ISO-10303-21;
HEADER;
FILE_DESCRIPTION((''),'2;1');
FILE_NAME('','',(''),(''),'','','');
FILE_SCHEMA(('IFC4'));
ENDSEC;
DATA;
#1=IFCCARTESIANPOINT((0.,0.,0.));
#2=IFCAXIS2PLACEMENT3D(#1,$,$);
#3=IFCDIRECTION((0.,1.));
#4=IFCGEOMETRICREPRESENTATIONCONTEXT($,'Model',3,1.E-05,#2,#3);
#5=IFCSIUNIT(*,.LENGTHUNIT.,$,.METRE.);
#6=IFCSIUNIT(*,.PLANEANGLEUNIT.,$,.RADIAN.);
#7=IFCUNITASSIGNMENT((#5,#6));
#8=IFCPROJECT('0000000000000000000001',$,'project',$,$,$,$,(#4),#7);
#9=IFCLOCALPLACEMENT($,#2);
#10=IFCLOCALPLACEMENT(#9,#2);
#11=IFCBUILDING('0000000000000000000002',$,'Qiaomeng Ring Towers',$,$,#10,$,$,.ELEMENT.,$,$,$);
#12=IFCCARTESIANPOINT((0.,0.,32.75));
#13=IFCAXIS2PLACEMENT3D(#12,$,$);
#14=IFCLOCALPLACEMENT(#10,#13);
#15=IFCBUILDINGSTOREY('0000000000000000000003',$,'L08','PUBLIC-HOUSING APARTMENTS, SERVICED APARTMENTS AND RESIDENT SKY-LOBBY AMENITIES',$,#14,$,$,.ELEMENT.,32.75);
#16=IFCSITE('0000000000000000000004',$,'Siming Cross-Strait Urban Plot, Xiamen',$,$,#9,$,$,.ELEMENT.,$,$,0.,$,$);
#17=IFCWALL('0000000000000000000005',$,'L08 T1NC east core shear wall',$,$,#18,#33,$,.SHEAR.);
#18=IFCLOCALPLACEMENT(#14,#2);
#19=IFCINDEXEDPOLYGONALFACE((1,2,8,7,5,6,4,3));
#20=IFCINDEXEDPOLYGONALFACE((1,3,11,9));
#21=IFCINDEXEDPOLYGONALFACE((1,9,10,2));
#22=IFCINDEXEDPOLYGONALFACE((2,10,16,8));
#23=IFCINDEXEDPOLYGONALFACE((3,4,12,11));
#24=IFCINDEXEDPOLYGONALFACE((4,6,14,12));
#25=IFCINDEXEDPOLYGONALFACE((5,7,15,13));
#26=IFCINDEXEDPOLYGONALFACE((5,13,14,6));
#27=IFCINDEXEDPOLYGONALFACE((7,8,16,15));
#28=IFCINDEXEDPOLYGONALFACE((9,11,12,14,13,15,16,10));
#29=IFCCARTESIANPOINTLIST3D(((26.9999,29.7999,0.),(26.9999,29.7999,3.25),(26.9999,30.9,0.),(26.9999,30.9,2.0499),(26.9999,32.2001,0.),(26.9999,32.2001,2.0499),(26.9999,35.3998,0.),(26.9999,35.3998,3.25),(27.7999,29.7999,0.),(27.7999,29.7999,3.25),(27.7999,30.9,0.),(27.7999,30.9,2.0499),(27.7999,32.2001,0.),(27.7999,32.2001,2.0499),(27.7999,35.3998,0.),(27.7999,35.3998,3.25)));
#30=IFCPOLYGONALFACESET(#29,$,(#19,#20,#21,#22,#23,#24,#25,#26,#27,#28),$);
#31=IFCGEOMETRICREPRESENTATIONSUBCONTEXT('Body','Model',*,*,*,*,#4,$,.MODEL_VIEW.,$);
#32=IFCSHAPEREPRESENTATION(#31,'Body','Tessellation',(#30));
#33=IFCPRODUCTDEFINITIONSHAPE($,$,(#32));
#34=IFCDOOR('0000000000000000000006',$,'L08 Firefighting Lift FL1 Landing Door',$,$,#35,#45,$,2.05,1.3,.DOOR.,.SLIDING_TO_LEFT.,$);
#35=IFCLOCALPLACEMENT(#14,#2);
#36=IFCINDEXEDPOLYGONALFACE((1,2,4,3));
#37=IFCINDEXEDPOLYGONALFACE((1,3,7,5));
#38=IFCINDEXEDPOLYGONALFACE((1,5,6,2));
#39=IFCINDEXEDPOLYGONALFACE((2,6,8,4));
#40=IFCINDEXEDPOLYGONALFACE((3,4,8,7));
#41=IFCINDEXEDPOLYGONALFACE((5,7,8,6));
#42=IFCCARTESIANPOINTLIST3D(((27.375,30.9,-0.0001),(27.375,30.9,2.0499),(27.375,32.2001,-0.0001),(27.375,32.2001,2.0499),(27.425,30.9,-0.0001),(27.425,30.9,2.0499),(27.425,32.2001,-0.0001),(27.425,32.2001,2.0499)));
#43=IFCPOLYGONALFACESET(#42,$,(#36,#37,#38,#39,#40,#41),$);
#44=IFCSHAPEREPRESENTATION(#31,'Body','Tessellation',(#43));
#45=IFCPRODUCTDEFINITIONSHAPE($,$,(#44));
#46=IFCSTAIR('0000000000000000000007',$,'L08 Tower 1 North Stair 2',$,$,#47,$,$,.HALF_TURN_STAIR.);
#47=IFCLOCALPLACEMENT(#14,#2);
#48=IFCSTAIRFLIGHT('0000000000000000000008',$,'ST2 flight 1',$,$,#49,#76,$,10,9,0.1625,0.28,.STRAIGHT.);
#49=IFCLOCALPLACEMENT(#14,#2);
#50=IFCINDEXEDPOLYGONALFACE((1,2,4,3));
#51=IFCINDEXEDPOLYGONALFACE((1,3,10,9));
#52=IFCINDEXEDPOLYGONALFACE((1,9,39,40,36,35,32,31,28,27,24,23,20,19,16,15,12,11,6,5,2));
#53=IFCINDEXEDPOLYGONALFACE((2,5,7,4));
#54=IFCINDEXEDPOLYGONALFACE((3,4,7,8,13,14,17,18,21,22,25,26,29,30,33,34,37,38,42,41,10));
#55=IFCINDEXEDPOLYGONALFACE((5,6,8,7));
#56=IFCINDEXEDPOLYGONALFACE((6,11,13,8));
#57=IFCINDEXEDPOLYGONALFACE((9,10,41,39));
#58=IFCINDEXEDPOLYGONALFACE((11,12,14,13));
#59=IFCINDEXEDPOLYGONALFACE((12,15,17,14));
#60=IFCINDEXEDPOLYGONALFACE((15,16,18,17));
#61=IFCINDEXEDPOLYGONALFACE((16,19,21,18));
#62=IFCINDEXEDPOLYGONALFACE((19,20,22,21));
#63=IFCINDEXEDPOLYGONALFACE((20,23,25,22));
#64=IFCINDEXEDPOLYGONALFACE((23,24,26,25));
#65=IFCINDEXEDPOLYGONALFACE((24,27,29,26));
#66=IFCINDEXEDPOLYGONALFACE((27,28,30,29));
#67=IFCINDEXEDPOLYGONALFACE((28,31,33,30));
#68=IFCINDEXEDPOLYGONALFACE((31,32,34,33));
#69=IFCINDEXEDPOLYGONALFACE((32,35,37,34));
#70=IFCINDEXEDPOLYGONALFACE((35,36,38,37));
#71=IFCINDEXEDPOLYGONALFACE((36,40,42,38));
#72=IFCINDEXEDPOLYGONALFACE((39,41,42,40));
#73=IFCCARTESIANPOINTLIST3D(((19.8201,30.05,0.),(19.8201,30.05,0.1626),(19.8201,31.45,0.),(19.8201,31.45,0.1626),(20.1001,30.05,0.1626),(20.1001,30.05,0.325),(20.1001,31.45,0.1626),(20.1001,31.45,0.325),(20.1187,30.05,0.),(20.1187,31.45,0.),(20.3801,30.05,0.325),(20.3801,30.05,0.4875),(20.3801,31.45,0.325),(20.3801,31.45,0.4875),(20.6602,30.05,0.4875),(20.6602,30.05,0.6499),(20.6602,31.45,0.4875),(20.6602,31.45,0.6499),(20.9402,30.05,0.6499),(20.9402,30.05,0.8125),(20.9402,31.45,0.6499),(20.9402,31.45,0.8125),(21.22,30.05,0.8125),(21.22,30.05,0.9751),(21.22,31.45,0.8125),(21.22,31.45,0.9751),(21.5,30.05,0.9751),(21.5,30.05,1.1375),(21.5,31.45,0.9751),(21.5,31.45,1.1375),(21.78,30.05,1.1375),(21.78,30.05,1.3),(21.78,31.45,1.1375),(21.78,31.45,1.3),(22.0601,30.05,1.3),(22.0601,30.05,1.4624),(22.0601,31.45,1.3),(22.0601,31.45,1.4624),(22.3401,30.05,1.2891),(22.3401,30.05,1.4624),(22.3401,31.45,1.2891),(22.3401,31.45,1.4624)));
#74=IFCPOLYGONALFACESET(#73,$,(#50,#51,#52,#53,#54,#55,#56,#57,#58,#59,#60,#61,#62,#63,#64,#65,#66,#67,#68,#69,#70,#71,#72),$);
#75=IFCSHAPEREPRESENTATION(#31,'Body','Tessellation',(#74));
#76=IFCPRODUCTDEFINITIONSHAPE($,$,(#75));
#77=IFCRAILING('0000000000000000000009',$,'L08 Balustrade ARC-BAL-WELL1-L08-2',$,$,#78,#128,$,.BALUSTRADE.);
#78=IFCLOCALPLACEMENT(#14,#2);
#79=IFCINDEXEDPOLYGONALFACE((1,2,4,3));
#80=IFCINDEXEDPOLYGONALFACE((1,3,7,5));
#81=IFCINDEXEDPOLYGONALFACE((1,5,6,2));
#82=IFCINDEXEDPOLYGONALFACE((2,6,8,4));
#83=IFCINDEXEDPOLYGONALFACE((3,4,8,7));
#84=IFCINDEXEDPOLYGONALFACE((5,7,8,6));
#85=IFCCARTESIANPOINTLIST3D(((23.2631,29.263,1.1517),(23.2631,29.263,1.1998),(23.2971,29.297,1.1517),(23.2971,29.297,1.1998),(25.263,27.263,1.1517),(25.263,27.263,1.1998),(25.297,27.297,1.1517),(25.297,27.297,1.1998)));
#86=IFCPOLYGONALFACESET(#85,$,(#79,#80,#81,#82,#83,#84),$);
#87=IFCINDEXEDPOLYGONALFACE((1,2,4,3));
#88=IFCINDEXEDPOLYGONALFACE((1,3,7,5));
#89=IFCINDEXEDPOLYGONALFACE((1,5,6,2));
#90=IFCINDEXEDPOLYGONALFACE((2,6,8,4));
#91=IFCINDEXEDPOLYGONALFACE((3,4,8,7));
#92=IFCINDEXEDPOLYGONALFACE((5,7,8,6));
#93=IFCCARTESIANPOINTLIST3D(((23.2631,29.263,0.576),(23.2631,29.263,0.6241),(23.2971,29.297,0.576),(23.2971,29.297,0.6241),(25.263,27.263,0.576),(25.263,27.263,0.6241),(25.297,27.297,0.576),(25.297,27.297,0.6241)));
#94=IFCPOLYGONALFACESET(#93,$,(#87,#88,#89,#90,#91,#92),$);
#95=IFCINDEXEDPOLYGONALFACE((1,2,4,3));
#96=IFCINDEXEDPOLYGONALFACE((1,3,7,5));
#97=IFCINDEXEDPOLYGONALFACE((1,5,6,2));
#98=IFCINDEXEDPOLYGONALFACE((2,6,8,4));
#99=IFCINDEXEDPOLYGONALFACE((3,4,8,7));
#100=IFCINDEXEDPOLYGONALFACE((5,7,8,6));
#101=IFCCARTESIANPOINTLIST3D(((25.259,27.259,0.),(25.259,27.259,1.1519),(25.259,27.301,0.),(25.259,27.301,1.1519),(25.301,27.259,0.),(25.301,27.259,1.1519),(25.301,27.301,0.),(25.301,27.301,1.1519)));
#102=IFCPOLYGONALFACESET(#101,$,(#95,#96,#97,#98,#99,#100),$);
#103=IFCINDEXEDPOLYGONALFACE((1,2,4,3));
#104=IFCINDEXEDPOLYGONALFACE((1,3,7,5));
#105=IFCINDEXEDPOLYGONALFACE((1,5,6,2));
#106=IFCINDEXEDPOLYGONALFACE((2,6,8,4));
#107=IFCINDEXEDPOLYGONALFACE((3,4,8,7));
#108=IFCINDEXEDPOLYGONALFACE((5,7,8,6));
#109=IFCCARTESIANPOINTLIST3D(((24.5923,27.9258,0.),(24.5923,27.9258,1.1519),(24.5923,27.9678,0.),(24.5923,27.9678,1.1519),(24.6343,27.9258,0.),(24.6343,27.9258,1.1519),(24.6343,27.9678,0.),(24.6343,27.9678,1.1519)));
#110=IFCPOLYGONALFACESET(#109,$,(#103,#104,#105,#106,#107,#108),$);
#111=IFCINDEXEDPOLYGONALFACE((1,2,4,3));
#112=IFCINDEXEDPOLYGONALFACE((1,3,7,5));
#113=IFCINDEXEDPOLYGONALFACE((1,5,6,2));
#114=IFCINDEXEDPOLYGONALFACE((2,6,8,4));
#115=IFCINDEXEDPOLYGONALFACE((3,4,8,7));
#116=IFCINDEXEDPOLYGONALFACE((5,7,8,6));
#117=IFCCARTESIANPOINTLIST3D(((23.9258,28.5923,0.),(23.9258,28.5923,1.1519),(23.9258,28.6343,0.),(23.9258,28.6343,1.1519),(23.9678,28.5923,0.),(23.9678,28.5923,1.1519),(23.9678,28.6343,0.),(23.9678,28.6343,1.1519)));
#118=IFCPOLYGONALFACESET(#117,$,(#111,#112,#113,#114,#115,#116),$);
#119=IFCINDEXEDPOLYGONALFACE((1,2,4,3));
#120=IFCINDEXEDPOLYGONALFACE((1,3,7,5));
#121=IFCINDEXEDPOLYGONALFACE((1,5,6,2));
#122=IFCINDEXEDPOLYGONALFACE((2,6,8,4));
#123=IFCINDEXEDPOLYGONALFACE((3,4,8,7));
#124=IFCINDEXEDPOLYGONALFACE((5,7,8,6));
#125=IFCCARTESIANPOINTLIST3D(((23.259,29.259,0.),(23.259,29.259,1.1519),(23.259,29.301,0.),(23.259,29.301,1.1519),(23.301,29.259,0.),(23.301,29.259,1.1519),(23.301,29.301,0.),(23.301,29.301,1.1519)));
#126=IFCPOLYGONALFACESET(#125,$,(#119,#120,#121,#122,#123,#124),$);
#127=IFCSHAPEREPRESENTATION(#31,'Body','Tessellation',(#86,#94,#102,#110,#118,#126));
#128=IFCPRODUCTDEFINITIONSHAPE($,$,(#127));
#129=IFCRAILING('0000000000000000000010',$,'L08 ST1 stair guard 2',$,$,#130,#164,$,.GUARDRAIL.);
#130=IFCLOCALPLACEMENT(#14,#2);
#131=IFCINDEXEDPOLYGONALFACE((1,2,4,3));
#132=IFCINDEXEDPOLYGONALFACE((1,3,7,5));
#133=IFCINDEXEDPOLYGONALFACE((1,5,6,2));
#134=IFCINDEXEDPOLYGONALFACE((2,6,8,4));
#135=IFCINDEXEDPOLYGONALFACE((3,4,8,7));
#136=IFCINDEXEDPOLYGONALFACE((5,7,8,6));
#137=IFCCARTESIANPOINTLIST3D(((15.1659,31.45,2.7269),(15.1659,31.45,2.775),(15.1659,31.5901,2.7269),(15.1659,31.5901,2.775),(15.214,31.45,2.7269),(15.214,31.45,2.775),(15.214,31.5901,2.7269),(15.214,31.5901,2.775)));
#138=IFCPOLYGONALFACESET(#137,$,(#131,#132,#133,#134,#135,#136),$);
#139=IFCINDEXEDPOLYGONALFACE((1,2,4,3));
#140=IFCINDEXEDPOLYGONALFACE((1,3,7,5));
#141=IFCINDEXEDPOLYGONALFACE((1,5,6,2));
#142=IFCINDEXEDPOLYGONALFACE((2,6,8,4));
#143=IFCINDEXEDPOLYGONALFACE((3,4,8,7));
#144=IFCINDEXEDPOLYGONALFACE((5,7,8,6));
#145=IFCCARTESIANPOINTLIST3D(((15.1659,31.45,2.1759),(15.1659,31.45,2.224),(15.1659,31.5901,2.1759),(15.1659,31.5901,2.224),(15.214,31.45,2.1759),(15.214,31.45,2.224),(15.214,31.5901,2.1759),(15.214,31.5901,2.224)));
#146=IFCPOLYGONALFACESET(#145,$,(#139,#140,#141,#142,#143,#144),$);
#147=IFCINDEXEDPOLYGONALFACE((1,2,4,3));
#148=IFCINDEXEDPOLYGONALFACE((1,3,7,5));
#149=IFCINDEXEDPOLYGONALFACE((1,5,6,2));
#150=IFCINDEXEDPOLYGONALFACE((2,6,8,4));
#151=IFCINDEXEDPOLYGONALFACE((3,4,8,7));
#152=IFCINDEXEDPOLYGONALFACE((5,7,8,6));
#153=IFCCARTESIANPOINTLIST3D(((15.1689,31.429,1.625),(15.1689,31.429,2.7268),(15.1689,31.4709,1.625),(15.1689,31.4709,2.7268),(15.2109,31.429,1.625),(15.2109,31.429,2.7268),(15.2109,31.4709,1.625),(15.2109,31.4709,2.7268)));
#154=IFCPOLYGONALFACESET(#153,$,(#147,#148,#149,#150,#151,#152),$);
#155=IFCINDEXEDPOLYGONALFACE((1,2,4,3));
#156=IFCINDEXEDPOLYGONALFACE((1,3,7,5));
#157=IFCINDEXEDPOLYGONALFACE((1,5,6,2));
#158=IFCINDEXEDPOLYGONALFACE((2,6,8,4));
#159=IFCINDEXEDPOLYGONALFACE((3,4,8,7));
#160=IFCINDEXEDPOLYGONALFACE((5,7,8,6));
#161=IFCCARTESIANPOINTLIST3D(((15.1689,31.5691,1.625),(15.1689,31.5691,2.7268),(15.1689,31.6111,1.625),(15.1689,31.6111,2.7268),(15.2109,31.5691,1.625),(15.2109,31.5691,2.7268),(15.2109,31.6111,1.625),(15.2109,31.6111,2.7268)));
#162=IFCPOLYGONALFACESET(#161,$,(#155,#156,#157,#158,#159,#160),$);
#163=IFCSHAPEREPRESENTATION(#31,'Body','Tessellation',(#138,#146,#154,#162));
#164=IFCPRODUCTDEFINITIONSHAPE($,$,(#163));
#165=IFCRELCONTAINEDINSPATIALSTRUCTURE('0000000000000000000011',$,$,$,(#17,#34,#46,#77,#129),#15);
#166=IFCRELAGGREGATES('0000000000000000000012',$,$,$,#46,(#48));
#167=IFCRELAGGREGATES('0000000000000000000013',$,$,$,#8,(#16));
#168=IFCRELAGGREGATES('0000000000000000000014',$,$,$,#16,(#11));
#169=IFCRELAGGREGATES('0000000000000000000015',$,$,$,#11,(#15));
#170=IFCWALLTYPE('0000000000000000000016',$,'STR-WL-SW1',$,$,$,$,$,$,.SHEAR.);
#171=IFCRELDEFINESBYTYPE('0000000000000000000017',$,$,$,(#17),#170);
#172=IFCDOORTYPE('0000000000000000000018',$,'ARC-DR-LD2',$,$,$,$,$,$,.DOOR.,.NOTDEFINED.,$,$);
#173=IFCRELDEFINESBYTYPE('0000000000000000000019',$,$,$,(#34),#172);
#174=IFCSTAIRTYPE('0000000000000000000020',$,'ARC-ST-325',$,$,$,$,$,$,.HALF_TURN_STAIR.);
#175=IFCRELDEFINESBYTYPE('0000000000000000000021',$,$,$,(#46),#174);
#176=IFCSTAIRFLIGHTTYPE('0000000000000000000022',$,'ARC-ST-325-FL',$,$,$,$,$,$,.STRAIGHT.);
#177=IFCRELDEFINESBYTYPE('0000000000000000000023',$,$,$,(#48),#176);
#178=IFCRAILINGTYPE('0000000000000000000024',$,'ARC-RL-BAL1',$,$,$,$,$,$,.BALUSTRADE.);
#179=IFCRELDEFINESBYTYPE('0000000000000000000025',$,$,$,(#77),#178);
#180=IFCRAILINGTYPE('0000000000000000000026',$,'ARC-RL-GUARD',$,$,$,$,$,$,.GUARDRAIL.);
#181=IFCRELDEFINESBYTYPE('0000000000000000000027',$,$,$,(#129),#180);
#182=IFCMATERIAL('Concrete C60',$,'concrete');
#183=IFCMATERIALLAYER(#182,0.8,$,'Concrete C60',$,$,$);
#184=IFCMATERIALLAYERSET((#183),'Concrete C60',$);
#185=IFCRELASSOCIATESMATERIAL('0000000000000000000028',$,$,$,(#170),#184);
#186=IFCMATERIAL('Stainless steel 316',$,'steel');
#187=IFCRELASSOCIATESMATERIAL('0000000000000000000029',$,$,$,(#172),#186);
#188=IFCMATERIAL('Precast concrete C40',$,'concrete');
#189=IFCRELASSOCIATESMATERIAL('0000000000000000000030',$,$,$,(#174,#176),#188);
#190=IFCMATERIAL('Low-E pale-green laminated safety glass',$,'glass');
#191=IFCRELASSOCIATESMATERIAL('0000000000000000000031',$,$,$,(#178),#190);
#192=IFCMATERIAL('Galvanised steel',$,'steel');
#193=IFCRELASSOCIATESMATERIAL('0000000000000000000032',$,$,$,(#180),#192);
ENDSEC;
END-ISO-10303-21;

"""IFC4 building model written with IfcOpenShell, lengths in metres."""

from ifc_helpers import new_model, si_unit, direction, frame, frame_2d, origin, origin_2d, place, context, subcontext, project, spatial, polyline, rectangle, outline, extrude, source, transform, mapped, material, layer, layer_set, type_object, element, fill, aggregate, save


model = new_model("IFC4")

# Units and contexts
model_context = context("Model", 3, precision=1e-05, world=origin(), true_north=direction((0.0, 1.0)))
body_context = subcontext(model_context, "Body", "Model", "MODEL_VIEW")
ifc_project = project(units=[si_unit("LENGTHUNIT", "METRE"), si_unit("PLANEANGLEUNIT", "RADIAN")], contexts=[model_context])

# Site, building, storey
site_placement = place(None, origin())
site = spatial("IfcSite", under=ifc_project, at=site_placement, Name="Siming Cross-Strait Urban Plot, Xiamen", CompositionType="ELEMENT", RefElevation=0.0)
building_placement = place(site_placement, origin())
building = spatial("IfcBuilding", under=site, at=building_placement, Name="Qiaomeng Ring Towers", CompositionType="ELEMENT")
storey_placement = place(building_placement, frame((0.0, 0.0, 32.75)))
storey = spatial("IfcBuildingStorey", under=building, at=storey_placement, Name="L08", Description="PUBLIC-HOUSING APARTMENTS, SERVICED APARTMENTS AND RESIDENT SKY-LOBBY AMENITIES", CompositionType="ELEMENT", Elevation=32.75)

# Shared definitions
ifc_material_1 = material(Name="Galvanised steel", Category="steel")

# Wall, opening, door
ifc_material_2 = material(Name="Concrete C60", Category="concrete")
ifc_layer_1 = layer(ifc_material_2, 0.8, Name="Concrete C60")
ifc_layer_set_1 = layer_set([ifc_layer_1], Name="Concrete C60")
wall_type_1 = type_object("IfcWallType", Name="STR-WL-SW1", PredefinedType="SHEAR", material=ifc_layer_set_1)
wall_1_placement = place(storey_placement, frame((27.3999, 29.8, 0.0), z_axis=(0.0, 0.0, 1.0), x_axis=(0.0, 1.0, 0.0)))
wall_1 = element("IfcWall", 1, at=wall_1_placement, inside=storey, type_object=wall_type_1, Name="L08 T1NC east core shear wall", PredefinedType="SHEAR", context=body_context, shape_type="SweptSolid", body=[
    extrude(rectangle(XDim=5.5999, YDim=0.8, at=frame_2d((2.7998, 0.0))), origin(), (0.0, 0.0, 1.0), 3.25),
])
opening_1_placement = place(wall_1_placement, frame((1.1001, 0.0, 0.0)))
opening_1 = element("IfcOpeningElement", 2, at=opening_1_placement, cuts=wall_1, PredefinedType="OPENING", context=body_context, shape_type="SweptSolid", body=[
    extrude(rectangle(XDim=1.3, YDim=2.05, at=frame_2d((0.6499, 1.0249))), frame((0.0, 0.4099, 0.0), z_axis=(0.0, -1.0, 0.0), x_axis=(1.0, 0.0, 0.0)), (0.0, 0.0, 1.0), 0.8201),
])
ifc_material_3 = material(Name="Stainless steel 316", Category="steel")
door_type_1 = type_object("IfcDoorType", Name="ARC-DR-LD2", OperationType="NOTDEFINED", PredefinedType="DOOR", material=ifc_material_3)
shared_shape_1 = source(origin(), body_context, "Body", "SweptSolid", [
    extrude(rectangle(XDim=1.3, YDim=2.05, at=frame_2d((0.6499, 1.0249))), frame((0.0, 0.0249, 0.0), z_axis=(0.0, -1.0, 0.0), x_axis=(1.0, 0.0, 0.0)), (0.0, 0.0, 1.0), 0.05),
])
door_1_placement = place(opening_1_placement, origin())
door_1 = element("IfcDoor", 3, at=door_1_placement, inside=storey, type_object=door_type_1, Name="L08 Firefighting Lift FL1 Landing Door", OperationType="SLIDING_TO_LEFT", OverallHeight=2.05, OverallWidth=1.3, PredefinedType="DOOR", context=body_context, shape_type="MappedRepresentation", body=[
    mapped(shared_shape_1, transform((0.0, 0.0, 0.0), x_axis=(1.0, 0.0, 0.0), y_axis=(0.0, 1.0, 0.0), z_axis=(0.0, 0.0, 1.0), scale=1.0)),
])
fill(opening_1, door_1)

# Stair, stair flight
ifc_material_4 = material(Name="Precast concrete C40", Category="concrete")
stair_type = type_object("IfcStairType", Name="ARC-ST-325", PredefinedType="HALF_TURN_STAIR", material=ifc_material_4)
stair_placement = place(storey_placement, origin())
stair = element("IfcStair", 4, at=stair_placement, inside=storey, type_object=stair_type, Name="L08 Tower 1 North Stair 2", PredefinedType="HALF_TURN_STAIR")
stair_flight_type = type_object("IfcStairFlightType", Name="ARC-ST-325-FL", PredefinedType="STRAIGHT", material=ifc_material_4)
shared_shape_2 = source(origin(), body_context, "Body", "SweptSolid", [
    extrude(outline(polyline([(0.0, 0.0), (0.0, 0.1626), (0.28, 0.1626), (0.28, 0.325), (0.5601, 0.325), (0.5601, 0.4875), (0.8401, 0.4875), (0.8401, 0.6499), (1.1201, 0.6499), (1.1201, 0.8125), (1.3999, 0.8125), (1.3999, 0.9751), (1.6799, 0.9751), (1.6799, 1.1375), (1.96, 1.1375), (1.96, 1.3), (2.24, 1.3), (2.24, 1.4624), (2.52, 1.4624), (2.52, 1.625), (2.52, 1.2891), (0.2986, 0.0), (0.0, 0.0)])), frame((0.0, 0.7, 0.0), z_axis=(0.0, -1.0, 0.0), x_axis=(1.0, 0.0, 0.0)), (0.0, 0.0, 1.0), 1.3999),
])
stair_flight_placement = place(storey_placement, frame((19.8201, 30.75, 0.0), z_axis=(0.0, 0.0, 1.0), x_axis=(1.0, 0.0, 0.0)))
stair_flight = element("IfcStairFlight", 5, at=stair_flight_placement, type_object=stair_flight_type, Name="ST2 flight 1", NumberOfRisers=10, NumberOfTreads=9, PredefinedType="STRAIGHT", RiserHeight=0.1625, TreadLength=0.28, context=body_context, shape_type="MappedRepresentation", body=[
    mapped(shared_shape_2, transform((0.0, 0.0, 0.0), x_axis=(1.0, 0.0, 0.0), y_axis=(0.0, 1.0, 0.0), z_axis=(0.0, 0.0, 1.0), scale=1.0)),
])
aggregate(stair, [stair_flight])

# Railings
ifc_material_5 = material(Name="Low-E pale-green laminated safety glass", Category="glass")
railing_type_1 = type_object("IfcRailingType", Name="ARC-RL-BAL1", PredefinedType="BALUSTRADE", material=ifc_material_5)
railing_1_placement = place(storey_placement, frame((25.28, 27.28, 0.0)))
element("IfcRailing", 6, at=railing_1_placement, inside=storey, type_object=railing_type_1, Name="L08 Balustrade ARC-BAL-WELL1-L08-2", PredefinedType="BALUSTRADE", context=body_context, shape_type="SweptSolid", body=[
    extrude(rectangle(XDim=0.0481, YDim=0.0481, at=origin_2d()), frame((0.0, 0.0, 1.1758), z_axis=(-0.707107, 0.707107, 0.0), x_axis=(-0.707107, -0.707107, 0.0)), (0.0, 0.0, 1.0), 2.8284),
    extrude(rectangle(XDim=0.0481, YDim=0.0481, at=origin_2d()), frame((0.0, 0.0, 0.6001), z_axis=(-0.707107, 0.707107, 0.0), x_axis=(-0.707107, -0.707107, 0.0)), (0.0, 0.0, 1.0), 2.8284),
    extrude(rectangle(XDim=0.042, YDim=0.042, at=origin_2d()), origin(), (0.0, 0.0, 1.0), 1.1519),
    extrude(rectangle(XDim=0.042, YDim=0.042, at=origin_2d()), frame((-0.6667, 0.6667, 0.0)), (0.0, 0.0, 1.0), 1.1519),
    extrude(rectangle(XDim=0.042, YDim=0.042, at=origin_2d()), frame((-1.3333, 1.3333, 0.0)), (0.0, 0.0, 1.0), 1.1519),
    extrude(rectangle(XDim=0.042, YDim=0.042, at=origin_2d()), frame((-2.0, 2.0, 0.0)), (0.0, 0.0, 1.0), 1.1519),
])
railing_type_2 = type_object("IfcRailingType", Name="ARC-RL-GUARD", PredefinedType="GUARDRAIL", material=ifc_material_1)
railing_2_placement = place(storey_placement, frame((15.1899, 31.45, 1.625)))
element("IfcRailing", 7, at=railing_2_placement, inside=storey, type_object=railing_type_2, Name="L08 ST1 stair guard 2", PredefinedType="GUARDRAIL", context=body_context, shape_type="SweptSolid", body=[
    extrude(rectangle(XDim=0.0481, YDim=0.0481, at=origin_2d()), frame((0.0, 0.0, 1.126), z_axis=(0.0, 1.0, 0.0), x_axis=(-1.0, 0.0, 0.0)), (0.0, 0.0, 1.0), 0.1401),
    extrude(rectangle(XDim=0.0481, YDim=0.0481, at=origin_2d()), frame((0.0, 0.0, 0.575), z_axis=(0.0, 1.0, 0.0), x_axis=(-1.0, 0.0, 0.0)), (0.0, 0.0, 1.0), 0.1401),
    extrude(rectangle(XDim=0.042, YDim=0.042, at=origin_2d()), origin(), (0.0, 0.0, 1.0), 1.1018),
    extrude(rectangle(XDim=0.042, YDim=0.042, at=origin_2d()), frame((0.0, 0.1401, 0.0)), (0.0, 0.0, 1.0), 1.1018),
])

save(model, "model.ifc")
